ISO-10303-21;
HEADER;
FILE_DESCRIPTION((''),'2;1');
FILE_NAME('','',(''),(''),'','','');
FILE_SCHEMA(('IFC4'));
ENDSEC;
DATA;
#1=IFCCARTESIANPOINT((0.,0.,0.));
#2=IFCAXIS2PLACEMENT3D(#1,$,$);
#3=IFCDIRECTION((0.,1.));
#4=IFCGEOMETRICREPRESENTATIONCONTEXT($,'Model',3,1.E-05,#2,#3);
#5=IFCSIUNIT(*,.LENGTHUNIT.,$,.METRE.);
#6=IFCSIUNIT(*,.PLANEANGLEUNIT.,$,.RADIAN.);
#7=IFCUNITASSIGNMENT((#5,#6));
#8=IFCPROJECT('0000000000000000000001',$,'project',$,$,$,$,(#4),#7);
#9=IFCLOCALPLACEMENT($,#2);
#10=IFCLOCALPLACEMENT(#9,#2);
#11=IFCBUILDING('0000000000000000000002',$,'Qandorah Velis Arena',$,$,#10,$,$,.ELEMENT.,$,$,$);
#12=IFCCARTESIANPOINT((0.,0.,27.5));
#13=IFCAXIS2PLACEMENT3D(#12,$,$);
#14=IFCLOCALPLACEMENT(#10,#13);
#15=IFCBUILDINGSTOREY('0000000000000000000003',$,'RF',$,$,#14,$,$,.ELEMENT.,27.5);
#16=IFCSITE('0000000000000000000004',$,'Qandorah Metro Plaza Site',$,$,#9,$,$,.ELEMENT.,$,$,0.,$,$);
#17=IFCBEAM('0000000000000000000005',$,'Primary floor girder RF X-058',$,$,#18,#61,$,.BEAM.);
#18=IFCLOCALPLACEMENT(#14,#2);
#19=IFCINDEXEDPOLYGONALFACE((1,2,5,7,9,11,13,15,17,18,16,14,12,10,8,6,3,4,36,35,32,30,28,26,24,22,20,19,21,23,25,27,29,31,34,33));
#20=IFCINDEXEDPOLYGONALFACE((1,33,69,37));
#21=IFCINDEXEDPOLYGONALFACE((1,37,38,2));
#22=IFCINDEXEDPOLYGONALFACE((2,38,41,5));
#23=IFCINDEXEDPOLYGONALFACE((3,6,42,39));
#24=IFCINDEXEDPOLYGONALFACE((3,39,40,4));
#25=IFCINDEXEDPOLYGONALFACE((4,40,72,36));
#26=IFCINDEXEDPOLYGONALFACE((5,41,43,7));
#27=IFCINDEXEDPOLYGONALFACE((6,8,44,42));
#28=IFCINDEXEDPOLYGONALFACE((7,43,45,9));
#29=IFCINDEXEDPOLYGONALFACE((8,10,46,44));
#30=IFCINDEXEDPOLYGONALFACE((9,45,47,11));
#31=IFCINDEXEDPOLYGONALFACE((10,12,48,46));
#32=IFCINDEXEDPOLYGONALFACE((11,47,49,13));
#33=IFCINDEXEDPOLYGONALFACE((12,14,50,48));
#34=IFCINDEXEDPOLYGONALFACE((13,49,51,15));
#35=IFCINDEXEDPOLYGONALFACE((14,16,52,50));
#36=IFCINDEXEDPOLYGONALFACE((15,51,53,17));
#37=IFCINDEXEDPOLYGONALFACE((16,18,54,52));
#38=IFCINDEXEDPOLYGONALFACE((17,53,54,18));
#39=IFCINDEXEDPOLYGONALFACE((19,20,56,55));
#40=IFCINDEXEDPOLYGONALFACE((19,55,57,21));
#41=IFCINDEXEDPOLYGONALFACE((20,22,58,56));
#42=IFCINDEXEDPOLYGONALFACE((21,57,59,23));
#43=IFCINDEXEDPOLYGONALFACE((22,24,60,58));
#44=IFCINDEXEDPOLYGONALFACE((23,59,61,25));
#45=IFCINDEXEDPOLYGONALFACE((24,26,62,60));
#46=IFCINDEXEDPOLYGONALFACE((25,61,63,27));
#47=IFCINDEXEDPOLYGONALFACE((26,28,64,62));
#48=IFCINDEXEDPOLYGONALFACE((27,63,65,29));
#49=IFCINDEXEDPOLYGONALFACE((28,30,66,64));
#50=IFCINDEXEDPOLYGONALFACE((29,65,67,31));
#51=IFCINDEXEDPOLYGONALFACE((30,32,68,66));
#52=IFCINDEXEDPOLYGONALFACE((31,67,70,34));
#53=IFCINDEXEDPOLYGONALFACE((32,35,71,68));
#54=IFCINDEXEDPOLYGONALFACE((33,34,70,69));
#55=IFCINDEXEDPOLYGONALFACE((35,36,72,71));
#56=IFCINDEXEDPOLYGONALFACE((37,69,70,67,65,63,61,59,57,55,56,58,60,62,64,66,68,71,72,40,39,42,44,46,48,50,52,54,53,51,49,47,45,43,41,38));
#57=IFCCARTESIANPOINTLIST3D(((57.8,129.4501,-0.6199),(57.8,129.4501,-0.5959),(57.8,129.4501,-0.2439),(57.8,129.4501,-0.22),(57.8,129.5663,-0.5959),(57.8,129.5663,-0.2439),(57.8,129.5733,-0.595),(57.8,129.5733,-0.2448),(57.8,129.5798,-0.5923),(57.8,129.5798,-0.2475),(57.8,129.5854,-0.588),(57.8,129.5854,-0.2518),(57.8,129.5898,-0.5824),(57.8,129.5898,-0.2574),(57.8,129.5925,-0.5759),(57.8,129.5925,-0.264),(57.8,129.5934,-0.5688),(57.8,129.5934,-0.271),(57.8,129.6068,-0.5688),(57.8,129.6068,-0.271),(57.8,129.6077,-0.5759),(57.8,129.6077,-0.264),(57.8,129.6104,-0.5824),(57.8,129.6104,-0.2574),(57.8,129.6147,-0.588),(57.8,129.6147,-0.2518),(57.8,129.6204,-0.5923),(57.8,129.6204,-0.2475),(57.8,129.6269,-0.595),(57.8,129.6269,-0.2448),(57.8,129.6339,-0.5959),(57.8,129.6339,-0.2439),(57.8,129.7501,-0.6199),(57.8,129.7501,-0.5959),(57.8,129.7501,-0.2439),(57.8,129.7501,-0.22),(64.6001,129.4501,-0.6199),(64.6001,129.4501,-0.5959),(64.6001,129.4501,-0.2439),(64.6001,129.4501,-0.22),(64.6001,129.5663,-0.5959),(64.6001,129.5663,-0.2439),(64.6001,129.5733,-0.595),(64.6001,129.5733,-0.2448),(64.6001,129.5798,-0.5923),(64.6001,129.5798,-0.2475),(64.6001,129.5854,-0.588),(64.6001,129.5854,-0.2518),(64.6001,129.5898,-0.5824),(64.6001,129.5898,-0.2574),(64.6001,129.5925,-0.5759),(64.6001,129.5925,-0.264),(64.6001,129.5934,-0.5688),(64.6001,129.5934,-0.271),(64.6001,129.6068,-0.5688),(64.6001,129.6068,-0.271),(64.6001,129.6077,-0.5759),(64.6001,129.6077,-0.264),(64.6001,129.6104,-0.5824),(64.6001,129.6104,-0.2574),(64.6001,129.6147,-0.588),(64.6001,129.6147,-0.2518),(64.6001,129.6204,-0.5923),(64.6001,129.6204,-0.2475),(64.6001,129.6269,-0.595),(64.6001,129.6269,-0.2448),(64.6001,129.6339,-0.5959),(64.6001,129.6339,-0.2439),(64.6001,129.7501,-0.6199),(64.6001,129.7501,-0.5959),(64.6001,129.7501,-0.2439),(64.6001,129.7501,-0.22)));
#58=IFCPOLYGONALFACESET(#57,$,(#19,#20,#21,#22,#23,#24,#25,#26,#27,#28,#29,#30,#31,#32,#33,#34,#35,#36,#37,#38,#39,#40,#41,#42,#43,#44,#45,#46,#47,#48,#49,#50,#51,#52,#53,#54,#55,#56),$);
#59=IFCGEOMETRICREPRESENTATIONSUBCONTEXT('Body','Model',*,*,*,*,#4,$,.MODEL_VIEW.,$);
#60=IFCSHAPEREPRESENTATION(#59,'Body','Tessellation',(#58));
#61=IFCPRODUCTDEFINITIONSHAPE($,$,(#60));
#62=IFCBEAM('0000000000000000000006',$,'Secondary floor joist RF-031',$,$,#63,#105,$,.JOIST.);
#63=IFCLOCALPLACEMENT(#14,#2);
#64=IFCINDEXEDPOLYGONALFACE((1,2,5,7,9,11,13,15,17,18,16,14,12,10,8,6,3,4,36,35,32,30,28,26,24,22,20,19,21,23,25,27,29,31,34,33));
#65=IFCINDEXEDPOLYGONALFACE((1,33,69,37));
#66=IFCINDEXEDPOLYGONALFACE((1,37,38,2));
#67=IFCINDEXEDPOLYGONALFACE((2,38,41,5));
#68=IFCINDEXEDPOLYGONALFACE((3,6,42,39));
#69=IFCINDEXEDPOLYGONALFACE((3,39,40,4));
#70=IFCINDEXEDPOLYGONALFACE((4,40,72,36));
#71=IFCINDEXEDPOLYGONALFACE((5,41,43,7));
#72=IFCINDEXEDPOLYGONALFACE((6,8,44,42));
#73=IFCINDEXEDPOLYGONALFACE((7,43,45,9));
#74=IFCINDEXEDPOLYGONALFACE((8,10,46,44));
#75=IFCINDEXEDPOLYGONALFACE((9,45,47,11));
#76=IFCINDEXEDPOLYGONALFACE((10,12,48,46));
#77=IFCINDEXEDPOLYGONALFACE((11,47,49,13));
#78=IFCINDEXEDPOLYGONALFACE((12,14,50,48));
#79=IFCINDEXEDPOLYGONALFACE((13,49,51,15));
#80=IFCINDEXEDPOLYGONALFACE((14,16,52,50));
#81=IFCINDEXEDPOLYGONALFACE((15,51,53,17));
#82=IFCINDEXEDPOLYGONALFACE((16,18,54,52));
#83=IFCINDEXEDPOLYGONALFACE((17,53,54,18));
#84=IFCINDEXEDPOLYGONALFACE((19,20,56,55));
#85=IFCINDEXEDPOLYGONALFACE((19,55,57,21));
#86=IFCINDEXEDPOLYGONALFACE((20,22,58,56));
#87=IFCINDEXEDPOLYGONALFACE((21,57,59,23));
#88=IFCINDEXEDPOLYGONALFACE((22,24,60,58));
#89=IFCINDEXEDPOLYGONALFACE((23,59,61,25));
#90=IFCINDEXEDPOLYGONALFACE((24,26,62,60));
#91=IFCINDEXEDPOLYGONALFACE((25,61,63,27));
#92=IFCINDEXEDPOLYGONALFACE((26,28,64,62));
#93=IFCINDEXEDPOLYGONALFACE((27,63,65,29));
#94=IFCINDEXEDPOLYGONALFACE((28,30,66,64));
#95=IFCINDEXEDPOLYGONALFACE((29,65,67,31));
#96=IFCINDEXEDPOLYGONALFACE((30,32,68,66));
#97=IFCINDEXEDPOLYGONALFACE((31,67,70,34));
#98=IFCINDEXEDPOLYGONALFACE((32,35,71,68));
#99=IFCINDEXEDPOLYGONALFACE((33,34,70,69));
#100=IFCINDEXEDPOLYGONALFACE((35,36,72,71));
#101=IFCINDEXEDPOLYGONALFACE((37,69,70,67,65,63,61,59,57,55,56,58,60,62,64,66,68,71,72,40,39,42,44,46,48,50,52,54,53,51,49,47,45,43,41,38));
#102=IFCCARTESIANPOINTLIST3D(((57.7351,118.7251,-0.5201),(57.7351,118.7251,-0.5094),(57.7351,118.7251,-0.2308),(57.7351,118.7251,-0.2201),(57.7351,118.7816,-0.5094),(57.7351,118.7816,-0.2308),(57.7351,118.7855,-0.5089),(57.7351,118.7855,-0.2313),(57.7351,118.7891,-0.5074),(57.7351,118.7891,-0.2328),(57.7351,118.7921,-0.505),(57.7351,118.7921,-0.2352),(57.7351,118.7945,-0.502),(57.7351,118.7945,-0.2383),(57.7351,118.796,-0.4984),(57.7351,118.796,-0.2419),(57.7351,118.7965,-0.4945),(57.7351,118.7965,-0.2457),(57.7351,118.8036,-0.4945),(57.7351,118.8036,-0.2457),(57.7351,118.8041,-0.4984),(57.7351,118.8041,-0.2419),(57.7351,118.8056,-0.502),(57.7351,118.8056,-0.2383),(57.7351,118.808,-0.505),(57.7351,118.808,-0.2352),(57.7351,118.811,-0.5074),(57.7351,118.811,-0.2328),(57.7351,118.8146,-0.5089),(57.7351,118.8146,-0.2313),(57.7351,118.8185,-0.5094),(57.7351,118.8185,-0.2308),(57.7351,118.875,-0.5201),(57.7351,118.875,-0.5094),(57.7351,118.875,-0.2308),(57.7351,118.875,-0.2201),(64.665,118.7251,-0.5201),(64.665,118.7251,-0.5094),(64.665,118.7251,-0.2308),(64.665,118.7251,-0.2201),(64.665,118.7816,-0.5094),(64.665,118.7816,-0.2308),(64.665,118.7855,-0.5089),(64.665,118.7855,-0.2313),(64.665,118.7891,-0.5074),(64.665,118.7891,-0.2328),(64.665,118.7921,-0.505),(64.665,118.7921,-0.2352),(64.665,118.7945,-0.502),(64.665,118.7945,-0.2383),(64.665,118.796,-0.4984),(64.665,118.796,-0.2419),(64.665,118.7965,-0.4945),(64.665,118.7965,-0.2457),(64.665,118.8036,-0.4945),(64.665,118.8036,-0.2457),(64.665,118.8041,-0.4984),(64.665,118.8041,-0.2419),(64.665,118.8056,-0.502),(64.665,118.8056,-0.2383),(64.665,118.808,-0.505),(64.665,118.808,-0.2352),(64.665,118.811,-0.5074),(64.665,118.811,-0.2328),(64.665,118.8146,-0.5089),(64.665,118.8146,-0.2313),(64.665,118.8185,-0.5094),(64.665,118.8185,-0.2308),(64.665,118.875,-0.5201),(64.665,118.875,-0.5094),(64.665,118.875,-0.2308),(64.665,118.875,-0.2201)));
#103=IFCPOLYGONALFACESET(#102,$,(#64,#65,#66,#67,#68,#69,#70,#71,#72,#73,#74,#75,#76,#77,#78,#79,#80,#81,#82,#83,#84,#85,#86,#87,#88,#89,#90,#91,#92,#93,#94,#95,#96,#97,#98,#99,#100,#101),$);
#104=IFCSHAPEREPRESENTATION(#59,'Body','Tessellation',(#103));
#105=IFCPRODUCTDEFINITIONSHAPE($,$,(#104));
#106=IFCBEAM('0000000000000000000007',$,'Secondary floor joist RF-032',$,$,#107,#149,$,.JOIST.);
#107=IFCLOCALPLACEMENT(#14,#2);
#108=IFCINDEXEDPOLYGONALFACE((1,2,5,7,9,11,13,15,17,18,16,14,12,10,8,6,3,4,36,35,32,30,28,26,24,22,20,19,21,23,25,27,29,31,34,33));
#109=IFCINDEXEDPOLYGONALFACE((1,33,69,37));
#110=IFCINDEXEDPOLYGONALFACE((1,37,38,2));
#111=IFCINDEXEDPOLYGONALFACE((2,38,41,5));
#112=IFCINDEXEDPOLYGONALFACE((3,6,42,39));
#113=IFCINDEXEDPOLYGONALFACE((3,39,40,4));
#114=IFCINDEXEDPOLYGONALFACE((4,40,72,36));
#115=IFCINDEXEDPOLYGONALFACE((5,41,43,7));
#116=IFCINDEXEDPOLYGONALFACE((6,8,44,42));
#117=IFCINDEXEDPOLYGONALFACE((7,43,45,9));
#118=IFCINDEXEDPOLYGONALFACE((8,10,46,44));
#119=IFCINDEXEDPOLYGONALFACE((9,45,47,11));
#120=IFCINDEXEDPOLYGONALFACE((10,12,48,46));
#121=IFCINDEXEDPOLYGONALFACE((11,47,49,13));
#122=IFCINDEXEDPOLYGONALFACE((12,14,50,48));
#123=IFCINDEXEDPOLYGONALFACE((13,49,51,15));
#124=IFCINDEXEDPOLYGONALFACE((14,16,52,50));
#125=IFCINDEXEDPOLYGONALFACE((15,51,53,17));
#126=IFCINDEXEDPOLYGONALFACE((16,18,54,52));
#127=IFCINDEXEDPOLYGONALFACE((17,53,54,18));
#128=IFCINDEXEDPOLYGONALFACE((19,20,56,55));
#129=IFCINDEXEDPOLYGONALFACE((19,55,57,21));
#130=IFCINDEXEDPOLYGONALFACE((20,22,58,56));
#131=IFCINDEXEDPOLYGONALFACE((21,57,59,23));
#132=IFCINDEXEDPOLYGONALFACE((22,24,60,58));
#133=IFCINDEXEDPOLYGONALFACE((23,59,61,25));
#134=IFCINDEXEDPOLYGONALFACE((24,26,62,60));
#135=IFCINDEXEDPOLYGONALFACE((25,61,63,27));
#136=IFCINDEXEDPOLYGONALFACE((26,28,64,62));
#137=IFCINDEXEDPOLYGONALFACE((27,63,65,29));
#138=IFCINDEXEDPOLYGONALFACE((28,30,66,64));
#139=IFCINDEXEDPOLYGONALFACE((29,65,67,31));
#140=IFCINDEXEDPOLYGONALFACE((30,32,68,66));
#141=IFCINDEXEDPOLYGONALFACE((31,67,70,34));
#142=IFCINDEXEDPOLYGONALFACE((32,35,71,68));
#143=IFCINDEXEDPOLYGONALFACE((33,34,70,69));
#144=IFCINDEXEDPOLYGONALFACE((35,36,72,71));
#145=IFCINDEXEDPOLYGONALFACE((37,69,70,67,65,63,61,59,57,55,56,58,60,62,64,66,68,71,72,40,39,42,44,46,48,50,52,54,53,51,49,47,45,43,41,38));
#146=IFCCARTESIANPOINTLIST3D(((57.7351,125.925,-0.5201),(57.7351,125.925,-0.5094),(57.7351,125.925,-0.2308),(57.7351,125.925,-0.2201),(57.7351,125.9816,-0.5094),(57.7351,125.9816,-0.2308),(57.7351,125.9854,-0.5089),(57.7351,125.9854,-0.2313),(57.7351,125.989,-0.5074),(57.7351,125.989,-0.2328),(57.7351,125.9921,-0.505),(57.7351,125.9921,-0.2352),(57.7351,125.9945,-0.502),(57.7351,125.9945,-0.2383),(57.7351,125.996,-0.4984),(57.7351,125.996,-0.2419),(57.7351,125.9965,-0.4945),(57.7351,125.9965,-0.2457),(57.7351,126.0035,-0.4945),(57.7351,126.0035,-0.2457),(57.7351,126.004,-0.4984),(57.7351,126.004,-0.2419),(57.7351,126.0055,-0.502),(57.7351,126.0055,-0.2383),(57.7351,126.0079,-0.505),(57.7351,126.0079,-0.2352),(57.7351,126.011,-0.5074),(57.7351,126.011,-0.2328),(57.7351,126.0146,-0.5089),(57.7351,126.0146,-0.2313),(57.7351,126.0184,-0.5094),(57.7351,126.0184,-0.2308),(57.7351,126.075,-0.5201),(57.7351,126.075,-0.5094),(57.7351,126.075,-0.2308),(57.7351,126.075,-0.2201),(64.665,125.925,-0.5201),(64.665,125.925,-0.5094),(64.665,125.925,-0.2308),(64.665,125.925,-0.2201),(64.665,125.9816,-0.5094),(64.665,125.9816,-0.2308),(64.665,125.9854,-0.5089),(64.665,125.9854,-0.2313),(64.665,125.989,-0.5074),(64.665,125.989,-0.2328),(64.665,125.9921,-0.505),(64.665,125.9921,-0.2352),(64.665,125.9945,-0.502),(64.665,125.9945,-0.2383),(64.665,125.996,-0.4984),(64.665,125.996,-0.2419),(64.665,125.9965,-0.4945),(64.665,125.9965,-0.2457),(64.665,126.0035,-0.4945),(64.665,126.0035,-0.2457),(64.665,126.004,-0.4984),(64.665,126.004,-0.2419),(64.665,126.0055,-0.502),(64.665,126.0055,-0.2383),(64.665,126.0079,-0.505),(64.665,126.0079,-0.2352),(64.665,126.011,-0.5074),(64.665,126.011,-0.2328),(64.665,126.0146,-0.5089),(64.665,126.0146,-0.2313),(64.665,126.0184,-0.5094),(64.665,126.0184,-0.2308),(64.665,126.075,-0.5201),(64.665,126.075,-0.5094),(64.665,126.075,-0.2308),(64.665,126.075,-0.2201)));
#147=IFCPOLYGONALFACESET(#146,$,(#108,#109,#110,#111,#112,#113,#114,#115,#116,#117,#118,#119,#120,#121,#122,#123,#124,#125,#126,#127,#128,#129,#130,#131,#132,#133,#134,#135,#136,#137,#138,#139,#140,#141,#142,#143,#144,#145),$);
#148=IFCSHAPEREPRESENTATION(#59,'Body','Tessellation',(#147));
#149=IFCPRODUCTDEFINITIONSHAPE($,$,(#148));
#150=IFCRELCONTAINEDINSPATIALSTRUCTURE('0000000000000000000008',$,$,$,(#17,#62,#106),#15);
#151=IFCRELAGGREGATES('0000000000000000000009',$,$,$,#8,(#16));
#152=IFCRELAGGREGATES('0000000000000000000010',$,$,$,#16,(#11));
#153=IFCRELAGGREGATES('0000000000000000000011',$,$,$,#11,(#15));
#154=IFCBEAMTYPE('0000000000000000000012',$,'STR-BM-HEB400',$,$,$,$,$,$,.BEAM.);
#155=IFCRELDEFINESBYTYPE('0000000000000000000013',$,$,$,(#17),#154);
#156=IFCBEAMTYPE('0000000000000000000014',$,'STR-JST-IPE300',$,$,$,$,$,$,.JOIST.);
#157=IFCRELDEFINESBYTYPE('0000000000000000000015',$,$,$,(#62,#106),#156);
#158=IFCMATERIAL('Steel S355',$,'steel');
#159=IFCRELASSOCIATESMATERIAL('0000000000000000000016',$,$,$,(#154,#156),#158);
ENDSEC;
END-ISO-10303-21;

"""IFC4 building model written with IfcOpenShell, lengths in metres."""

from ifc_helpers import new_model, si_unit, direction, frame, origin, origin_2d, place, context, subcontext, project, spatial, i_section, extrude, material, material_profile, profile_set, type_object, element, save


model = new_model("IFC4")

# Units and contexts
model_context = context("Model", 3, precision=1e-05, world=origin(), true_north=direction((0.0, 1.0)))
body_context = subcontext(model_context, "Body", "Model", "MODEL_VIEW")
ifc_project = project(units=[si_unit("LENGTHUNIT", "METRE"), si_unit("PLANEANGLEUNIT", "RADIAN")], contexts=[model_context])

# Site, building, storey
site_placement = place(None, origin())
site = spatial("IfcSite", under=ifc_project, at=site_placement, Name="Qandorah Metro Plaza Site", CompositionType="ELEMENT", RefElevation=0.0)
building_placement = place(site_placement, origin())
building = spatial("IfcBuilding", under=site, at=building_placement, Name="Qandorah Velis Arena", CompositionType="ELEMENT")
storey_placement = place(building_placement, frame((0.0, 0.0, 27.5)))
storey = spatial("IfcBuildingStorey", under=building, at=storey_placement, Name="RF", CompositionType="ELEMENT", Elevation=27.5)

# Beams
ifc_material_1 = material(Name="Steel S355", Category="steel")
ifc_material_profile_1 = material_profile(ifc_material_1, i_section(OverallWidth=0.3, OverallDepth=0.3999, WebThickness=0.0134, FlangeThickness=0.0239, FilletRadius=0.0271, at=origin_2d()), Name="HEB 400")
ifc_profile_set_1 = profile_set([ifc_material_profile_1], Name="Steel S355")
beam_type_1 = type_object("IfcBeamType", Name="STR-BM-HEB400", PredefinedType="BEAM", material=ifc_profile_set_1)
for number, where, z_axis, x_axis, name in (
    (1, (57.8, 129.6001, -0.4199), (1.0, 0.0, 0.0), (0.0, 1.0, 0.0), "Primary floor girder RF X-058"),
):
    element("IfcBeam", number, at=place(storey_placement, frame(where, z_axis=z_axis, x_axis=x_axis)), inside=storey, type_object=beam_type_1, Name=name, PredefinedType="BEAM", context=body_context, shape_type="SweptSolid", body=[
        extrude(i_section(OverallWidth=0.3, OverallDepth=0.3999, WebThickness=0.0134, FlangeThickness=0.0239, FilletRadius=0.0271, at=origin_2d()), origin(), (0.0, 0.0, 1.0), 6.8),
    ])
ifc_material_profile_2 = material_profile(ifc_material_1, i_section(OverallWidth=0.1499, OverallDepth=0.3, WebThickness=0.0071, FlangeThickness=0.0107, FilletRadius=0.0149, at=origin_2d()), Name="IPE 300")
ifc_profile_set_2 = profile_set([ifc_material_profile_2], Name="Steel S355")
beam_type_2 = type_object("IfcBeamType", Name="STR-JST-IPE300", PredefinedType="JOIST", material=ifc_profile_set_2)
for number, where, z_axis, x_axis, name in (
    (2, (57.7351, 118.8, -0.3701), (1.0, 0.0, 0.0), (0.0, 1.0, 0.0), "Secondary floor joist RF-031"),
    (3, (57.7351, 126.0, -0.3701), (1.0, 0.0, 0.0), (0.0, 1.0, 0.0), "Secondary floor joist RF-032"),
):
    element("IfcBeam", number, at=place(storey_placement, frame(where, z_axis=z_axis, x_axis=x_axis)), inside=storey, type_object=beam_type_2, Name=name, PredefinedType="JOIST", context=body_context, shape_type="SweptSolid", body=[
        extrude(i_section(OverallWidth=0.1499, OverallDepth=0.3, WebThickness=0.0071, FlangeThickness=0.0107, FilletRadius=0.0149, at=origin_2d()), origin(), (0.0, 0.0, 1.0), 6.9299),
    ])

save(model, "model.ifc")
